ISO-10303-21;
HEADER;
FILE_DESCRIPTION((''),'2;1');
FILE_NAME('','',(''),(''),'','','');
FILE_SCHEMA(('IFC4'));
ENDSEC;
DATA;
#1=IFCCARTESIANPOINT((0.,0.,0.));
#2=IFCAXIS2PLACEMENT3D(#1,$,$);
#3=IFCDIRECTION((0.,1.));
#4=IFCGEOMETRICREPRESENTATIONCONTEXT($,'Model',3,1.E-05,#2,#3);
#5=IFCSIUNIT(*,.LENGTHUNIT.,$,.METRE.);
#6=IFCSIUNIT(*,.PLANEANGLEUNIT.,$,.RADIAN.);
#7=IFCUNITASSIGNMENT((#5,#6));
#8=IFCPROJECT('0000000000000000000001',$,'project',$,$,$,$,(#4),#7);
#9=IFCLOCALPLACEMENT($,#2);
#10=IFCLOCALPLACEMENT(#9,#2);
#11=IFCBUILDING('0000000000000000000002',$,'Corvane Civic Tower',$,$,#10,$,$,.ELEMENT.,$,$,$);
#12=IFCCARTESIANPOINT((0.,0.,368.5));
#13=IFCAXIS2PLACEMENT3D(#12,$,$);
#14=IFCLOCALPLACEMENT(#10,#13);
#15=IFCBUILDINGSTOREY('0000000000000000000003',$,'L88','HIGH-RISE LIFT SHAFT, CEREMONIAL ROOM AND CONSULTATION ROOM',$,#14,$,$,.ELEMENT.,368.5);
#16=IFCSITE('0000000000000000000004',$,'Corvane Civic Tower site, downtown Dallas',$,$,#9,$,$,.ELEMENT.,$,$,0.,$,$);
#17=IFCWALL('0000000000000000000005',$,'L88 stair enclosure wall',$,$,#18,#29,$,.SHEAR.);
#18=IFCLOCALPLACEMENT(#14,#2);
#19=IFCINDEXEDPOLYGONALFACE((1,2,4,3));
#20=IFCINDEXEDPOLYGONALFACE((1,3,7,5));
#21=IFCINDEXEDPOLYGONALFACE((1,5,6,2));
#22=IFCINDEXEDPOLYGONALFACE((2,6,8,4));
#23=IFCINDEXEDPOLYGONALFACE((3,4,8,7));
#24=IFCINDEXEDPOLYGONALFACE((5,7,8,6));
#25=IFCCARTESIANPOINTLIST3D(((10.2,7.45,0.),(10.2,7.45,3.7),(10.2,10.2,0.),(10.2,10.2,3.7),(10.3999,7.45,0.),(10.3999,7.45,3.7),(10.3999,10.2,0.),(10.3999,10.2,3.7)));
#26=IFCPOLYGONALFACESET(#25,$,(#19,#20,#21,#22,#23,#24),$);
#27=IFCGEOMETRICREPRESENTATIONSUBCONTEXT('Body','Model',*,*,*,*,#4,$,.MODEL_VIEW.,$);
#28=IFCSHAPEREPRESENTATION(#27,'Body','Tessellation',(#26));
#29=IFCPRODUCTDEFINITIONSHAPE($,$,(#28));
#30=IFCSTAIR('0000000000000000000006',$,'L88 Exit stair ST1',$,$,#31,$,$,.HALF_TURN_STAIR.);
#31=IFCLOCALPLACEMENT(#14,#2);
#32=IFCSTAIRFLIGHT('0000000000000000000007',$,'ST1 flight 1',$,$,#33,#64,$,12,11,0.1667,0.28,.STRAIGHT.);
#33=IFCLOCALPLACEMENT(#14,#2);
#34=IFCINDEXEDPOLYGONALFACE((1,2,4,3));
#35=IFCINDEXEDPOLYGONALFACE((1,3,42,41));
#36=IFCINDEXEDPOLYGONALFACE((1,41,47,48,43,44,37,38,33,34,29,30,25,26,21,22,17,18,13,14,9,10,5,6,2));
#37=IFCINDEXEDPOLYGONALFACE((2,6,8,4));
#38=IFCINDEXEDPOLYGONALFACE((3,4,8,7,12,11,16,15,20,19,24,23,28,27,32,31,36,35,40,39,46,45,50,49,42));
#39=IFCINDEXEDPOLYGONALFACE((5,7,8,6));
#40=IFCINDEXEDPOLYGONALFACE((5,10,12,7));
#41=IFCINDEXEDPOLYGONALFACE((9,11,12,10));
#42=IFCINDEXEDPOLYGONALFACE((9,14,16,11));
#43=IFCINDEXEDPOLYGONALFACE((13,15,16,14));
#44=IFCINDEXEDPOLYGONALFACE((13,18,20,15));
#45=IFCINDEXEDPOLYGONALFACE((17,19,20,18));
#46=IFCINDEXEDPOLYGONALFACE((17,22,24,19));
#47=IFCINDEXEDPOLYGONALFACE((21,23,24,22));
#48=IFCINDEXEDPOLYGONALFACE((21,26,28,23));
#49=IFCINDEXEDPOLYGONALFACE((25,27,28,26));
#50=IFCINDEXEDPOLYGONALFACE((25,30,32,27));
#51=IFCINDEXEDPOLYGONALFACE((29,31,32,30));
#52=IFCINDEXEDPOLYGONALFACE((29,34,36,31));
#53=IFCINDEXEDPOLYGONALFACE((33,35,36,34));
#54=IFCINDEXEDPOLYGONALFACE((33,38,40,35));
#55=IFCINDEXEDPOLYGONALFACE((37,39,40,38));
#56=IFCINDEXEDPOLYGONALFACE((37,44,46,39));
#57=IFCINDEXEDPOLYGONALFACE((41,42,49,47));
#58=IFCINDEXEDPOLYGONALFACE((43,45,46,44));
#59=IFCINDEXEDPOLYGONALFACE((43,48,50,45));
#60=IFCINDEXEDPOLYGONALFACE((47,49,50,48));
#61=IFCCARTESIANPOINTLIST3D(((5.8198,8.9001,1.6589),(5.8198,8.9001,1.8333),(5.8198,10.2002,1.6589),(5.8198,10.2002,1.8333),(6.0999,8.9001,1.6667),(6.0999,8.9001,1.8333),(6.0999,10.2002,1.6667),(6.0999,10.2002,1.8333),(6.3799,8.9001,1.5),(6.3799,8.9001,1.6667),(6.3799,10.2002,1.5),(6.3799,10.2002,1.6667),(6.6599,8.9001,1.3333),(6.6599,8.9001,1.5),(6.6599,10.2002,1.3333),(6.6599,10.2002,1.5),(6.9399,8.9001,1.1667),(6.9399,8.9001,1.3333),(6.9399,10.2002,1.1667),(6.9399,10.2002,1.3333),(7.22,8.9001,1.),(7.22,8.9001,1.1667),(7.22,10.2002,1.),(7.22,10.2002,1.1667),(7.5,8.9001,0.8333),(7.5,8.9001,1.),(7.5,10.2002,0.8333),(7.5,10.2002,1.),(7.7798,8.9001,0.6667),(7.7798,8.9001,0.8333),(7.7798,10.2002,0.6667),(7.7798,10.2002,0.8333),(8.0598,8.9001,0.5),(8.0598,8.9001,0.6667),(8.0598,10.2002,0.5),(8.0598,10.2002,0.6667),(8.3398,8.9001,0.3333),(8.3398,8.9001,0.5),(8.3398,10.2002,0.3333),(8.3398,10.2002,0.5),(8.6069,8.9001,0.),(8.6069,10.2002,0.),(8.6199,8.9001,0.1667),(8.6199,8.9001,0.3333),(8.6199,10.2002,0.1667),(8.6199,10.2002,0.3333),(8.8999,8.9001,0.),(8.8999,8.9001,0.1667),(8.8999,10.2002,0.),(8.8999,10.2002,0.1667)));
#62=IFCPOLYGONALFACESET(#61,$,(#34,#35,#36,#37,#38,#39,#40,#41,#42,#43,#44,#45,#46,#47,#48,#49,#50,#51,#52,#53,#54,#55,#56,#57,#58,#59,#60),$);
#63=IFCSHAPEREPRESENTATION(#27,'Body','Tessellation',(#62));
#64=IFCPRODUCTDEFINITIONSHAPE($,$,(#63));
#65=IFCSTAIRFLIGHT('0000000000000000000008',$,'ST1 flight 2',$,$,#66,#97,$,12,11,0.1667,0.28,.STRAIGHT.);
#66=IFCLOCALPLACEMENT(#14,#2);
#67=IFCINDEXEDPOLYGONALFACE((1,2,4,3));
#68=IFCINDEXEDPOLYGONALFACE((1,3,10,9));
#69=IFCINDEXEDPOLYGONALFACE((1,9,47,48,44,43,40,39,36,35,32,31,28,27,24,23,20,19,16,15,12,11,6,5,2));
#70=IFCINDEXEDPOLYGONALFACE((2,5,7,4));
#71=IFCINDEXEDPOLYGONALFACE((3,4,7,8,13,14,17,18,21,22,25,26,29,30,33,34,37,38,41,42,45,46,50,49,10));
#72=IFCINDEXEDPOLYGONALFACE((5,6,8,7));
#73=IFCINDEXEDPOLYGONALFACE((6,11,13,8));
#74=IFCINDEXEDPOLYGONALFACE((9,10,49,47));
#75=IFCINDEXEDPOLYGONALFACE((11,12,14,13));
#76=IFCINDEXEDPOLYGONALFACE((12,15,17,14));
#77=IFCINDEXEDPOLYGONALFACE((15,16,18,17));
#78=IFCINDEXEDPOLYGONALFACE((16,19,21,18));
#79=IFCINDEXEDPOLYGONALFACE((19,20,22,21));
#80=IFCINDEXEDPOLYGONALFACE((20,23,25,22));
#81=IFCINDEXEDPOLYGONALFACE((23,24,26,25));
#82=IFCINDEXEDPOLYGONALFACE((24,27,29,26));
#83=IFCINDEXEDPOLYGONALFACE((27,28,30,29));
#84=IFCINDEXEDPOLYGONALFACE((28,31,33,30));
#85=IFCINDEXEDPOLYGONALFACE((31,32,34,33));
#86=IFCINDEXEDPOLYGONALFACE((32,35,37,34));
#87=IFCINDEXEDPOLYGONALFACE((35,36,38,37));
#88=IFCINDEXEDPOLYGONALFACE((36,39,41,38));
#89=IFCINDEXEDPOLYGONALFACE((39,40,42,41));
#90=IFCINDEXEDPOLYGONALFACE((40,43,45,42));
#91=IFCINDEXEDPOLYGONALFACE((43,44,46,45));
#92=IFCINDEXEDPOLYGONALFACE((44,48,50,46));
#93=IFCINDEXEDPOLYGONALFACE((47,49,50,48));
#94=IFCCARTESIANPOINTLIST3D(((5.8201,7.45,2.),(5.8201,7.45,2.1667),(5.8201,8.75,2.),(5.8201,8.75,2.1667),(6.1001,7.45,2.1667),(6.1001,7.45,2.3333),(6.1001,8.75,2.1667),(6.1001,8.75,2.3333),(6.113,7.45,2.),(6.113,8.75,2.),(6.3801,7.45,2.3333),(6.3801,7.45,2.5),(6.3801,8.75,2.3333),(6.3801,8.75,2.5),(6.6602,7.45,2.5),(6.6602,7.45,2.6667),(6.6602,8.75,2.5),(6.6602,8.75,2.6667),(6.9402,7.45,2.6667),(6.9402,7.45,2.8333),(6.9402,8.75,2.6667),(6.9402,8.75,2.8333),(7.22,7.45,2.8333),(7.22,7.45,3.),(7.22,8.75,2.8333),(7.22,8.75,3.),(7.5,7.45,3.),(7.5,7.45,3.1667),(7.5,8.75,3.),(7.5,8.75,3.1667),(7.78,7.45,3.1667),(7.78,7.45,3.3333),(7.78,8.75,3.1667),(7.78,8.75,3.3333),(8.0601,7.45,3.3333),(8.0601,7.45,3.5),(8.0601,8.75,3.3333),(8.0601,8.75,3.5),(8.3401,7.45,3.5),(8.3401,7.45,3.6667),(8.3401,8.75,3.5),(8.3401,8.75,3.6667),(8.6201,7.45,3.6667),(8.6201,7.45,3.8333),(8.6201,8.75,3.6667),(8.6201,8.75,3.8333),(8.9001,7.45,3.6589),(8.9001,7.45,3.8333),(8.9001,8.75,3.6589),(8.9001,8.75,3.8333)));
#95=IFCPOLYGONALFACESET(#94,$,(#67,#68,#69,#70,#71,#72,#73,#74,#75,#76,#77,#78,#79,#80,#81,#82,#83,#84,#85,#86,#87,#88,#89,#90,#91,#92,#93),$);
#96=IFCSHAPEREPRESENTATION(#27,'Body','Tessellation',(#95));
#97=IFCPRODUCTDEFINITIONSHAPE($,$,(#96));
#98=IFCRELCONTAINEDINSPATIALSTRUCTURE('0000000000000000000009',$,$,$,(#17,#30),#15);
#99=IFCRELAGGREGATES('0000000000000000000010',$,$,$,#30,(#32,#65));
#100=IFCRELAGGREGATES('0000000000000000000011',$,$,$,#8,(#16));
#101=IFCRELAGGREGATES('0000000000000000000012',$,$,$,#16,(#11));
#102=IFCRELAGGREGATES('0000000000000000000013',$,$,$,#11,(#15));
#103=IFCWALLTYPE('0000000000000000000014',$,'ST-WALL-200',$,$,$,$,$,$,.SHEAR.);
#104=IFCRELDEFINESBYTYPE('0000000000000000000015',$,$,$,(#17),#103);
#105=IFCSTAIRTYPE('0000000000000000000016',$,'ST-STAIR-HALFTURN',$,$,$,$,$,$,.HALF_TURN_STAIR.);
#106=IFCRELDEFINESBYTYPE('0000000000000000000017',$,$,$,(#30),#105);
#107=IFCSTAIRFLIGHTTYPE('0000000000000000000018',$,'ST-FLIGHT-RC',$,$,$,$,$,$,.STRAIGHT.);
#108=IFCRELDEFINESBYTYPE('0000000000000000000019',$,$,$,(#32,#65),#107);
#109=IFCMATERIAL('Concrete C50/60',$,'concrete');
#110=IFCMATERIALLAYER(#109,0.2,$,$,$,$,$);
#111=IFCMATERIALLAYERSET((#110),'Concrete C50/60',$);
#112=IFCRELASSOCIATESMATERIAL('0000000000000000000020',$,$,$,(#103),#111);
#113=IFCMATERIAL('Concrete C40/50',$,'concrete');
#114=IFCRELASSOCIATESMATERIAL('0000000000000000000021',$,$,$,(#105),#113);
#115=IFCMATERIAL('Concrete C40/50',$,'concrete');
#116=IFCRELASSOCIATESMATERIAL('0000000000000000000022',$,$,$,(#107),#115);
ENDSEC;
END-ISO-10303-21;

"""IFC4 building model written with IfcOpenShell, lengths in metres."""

from ifc_helpers import new_model, si_unit, direction, frame, origin, place, context, subcontext, project, spatial, polyline, outline, extrude, material, layer, layer_set, type_object, element, aggregate, save


model = new_model("IFC4")

# Units and contexts
model_context = context("Model", 3, precision=1e-05, world=origin(), true_north=direction((0.0, 1.0)))
body_context = subcontext(model_context, "Body", "Model", "MODEL_VIEW")
ifc_project = project(units=[si_unit("LENGTHUNIT", "METRE"), si_unit("PLANEANGLEUNIT", "RADIAN")], contexts=[model_context])

# Site, building, storey
site_placement = place(None, origin())
site = spatial("IfcSite", under=ifc_project, at=site_placement, Name="Corvane Civic Tower site, downtown Dallas", CompositionType="ELEMENT", RefElevation=0.0)
building_placement = place(site_placement, origin())
building = spatial("IfcBuilding", under=site, at=building_placement, Name="Corvane Civic Tower", CompositionType="ELEMENT")
storey_placement = place(building_placement, frame((0.0, 0.0, 368.5)))
storey = spatial("IfcBuildingStorey", under=building, at=storey_placement, Name="L88", Description="HIGH-RISE LIFT SHAFT, CEREMONIAL ROOM AND CONSULTATION ROOM", CompositionType="ELEMENT", Elevation=368.5)

# Shared definitions
ifc_material_1 = material(Name="Concrete C50/60", Category="concrete")
ifc_layer_1 = layer(ifc_material_1, 0.2)
ifc_layer_set_1 = layer_set([ifc_layer_1], Name="Concrete C50/60")
wall_type_1 = type_object("IfcWallType", Name="ST-WALL-200", PredefinedType="SHEAR", material=ifc_layer_set_1)

# Wall
wall_1_placement = place(storey_placement, origin())
element("IfcWall", 1, at=wall_1_placement, inside=storey, type_object=wall_type_1, Name="L88 stair enclosure wall", PredefinedType="SHEAR", context=body_context, shape_type="SweptSolid", body=[
    extrude(outline(polyline([(10.3999, 7.45), (10.2, 7.45), (10.2, 10.2), (10.3999, 10.2), (10.3999, 7.45)])), origin(), (0.0, 0.0, 1.0), 3.7),
])

# Stair, stair flights
ifc_material_2 = material(Name="Concrete C40/50", Category="concrete")
stair_type = type_object("IfcStairType", Name="ST-STAIR-HALFTURN", PredefinedType="HALF_TURN_STAIR", material=ifc_material_2)
stair_placement = place(storey_placement, origin())
stair = element("IfcStair", 2, at=stair_placement, inside=storey, type_object=stair_type, Name="L88 Exit stair ST1", PredefinedType="HALF_TURN_STAIR")
ifc_material_3 = material(Name="Concrete C40/50", Category="concrete")
stair_flight_type = type_object("IfcStairFlightType", Name="ST-FLIGHT-RC", PredefinedType="STRAIGHT", material=ifc_material_3)
stair_flight_1_placement = place(storey_placement, frame((8.8999, 9.55, 0.0), z_axis=(0.0, 0.0, 1.0), x_axis=(-1.0, 0.0, 0.0)))
stair_flight_1 = element("IfcStairFlight", 3, at=stair_flight_1_placement, type_object=stair_flight_type, Name="ST1 flight 1", NumberOfRisers=12, NumberOfTreads=11, PredefinedType="STRAIGHT", RiserHeight=0.1667, TreadLength=0.28, context=body_context, shape_type="SweptSolid", body=[
    extrude(outline(polyline([(0.0, 0.0), (0.0, 0.1667), (0.28, 0.1667), (0.28, 0.3333), (0.5601, 0.3333), (0.5601, 0.5), (0.8401, 0.5), (0.8401, 0.6667), (1.1201, 0.6667), (1.1201, 0.8333), (1.3999, 0.8333), (1.3999, 1.0), (1.6799, 1.0), (1.6799, 1.1667), (1.96, 1.1667), (1.96, 1.3333), (2.24, 1.3333), (2.24, 1.5), (2.52, 1.5), (2.52, 1.6667), (2.8, 1.6667), (2.8, 1.8333), (3.0801, 1.8333), (3.0801, 2.0), (3.0801, 1.6589), (0.293, 0.0), (0.0, 0.0)])), frame((0.0, 0.6499, 0.0), z_axis=(0.0, -1.0, 0.0), x_axis=(1.0, 0.0, 0.0)), (0.0, 0.0, 1.0), 1.3),
])
stair_flight_2_placement = place(storey_placement, frame((5.8201, 8.1001, 2.0), z_axis=(0.0, 0.0, 1.0), x_axis=(1.0, 0.0, 0.0)))
stair_flight_2 = element("IfcStairFlight", 4, at=stair_flight_2_placement, type_object=stair_flight_type, Name="ST1 flight 2", NumberOfRisers=12, NumberOfTreads=11, PredefinedType="STRAIGHT", RiserHeight=0.1667, TreadLength=0.28, context=body_context, shape_type="SweptSolid", body=[
    extrude(outline(polyline([(0.0, 0.0), (0.0, 0.1667), (0.28, 0.1667), (0.28, 0.3333), (0.5601, 0.3333), (0.5601, 0.5), (0.8401, 0.5), (0.8401, 0.6667), (1.1201, 0.6667), (1.1201, 0.8333), (1.3999, 0.8333), (1.3999, 1.0), (1.6799, 1.0), (1.6799, 1.1667), (1.96, 1.1667), (1.96, 1.3333), (2.24, 1.3333), (2.24, 1.5), (2.52, 1.5), (2.52, 1.6667), (2.8, 1.6667), (2.8, 1.8333), (3.0801, 1.8333), (3.0801, 2.0), (3.0801, 1.6589), (0.293, 0.0), (0.0, 0.0)])), frame((0.0, 0.6499, 0.0), z_axis=(0.0, -1.0, 0.0), x_axis=(1.0, 0.0, 0.0)), (0.0, 0.0, 1.0), 1.3),
])
aggregate(stair, [stair_flight_1, stair_flight_2])

save(model, "model.ifc")
